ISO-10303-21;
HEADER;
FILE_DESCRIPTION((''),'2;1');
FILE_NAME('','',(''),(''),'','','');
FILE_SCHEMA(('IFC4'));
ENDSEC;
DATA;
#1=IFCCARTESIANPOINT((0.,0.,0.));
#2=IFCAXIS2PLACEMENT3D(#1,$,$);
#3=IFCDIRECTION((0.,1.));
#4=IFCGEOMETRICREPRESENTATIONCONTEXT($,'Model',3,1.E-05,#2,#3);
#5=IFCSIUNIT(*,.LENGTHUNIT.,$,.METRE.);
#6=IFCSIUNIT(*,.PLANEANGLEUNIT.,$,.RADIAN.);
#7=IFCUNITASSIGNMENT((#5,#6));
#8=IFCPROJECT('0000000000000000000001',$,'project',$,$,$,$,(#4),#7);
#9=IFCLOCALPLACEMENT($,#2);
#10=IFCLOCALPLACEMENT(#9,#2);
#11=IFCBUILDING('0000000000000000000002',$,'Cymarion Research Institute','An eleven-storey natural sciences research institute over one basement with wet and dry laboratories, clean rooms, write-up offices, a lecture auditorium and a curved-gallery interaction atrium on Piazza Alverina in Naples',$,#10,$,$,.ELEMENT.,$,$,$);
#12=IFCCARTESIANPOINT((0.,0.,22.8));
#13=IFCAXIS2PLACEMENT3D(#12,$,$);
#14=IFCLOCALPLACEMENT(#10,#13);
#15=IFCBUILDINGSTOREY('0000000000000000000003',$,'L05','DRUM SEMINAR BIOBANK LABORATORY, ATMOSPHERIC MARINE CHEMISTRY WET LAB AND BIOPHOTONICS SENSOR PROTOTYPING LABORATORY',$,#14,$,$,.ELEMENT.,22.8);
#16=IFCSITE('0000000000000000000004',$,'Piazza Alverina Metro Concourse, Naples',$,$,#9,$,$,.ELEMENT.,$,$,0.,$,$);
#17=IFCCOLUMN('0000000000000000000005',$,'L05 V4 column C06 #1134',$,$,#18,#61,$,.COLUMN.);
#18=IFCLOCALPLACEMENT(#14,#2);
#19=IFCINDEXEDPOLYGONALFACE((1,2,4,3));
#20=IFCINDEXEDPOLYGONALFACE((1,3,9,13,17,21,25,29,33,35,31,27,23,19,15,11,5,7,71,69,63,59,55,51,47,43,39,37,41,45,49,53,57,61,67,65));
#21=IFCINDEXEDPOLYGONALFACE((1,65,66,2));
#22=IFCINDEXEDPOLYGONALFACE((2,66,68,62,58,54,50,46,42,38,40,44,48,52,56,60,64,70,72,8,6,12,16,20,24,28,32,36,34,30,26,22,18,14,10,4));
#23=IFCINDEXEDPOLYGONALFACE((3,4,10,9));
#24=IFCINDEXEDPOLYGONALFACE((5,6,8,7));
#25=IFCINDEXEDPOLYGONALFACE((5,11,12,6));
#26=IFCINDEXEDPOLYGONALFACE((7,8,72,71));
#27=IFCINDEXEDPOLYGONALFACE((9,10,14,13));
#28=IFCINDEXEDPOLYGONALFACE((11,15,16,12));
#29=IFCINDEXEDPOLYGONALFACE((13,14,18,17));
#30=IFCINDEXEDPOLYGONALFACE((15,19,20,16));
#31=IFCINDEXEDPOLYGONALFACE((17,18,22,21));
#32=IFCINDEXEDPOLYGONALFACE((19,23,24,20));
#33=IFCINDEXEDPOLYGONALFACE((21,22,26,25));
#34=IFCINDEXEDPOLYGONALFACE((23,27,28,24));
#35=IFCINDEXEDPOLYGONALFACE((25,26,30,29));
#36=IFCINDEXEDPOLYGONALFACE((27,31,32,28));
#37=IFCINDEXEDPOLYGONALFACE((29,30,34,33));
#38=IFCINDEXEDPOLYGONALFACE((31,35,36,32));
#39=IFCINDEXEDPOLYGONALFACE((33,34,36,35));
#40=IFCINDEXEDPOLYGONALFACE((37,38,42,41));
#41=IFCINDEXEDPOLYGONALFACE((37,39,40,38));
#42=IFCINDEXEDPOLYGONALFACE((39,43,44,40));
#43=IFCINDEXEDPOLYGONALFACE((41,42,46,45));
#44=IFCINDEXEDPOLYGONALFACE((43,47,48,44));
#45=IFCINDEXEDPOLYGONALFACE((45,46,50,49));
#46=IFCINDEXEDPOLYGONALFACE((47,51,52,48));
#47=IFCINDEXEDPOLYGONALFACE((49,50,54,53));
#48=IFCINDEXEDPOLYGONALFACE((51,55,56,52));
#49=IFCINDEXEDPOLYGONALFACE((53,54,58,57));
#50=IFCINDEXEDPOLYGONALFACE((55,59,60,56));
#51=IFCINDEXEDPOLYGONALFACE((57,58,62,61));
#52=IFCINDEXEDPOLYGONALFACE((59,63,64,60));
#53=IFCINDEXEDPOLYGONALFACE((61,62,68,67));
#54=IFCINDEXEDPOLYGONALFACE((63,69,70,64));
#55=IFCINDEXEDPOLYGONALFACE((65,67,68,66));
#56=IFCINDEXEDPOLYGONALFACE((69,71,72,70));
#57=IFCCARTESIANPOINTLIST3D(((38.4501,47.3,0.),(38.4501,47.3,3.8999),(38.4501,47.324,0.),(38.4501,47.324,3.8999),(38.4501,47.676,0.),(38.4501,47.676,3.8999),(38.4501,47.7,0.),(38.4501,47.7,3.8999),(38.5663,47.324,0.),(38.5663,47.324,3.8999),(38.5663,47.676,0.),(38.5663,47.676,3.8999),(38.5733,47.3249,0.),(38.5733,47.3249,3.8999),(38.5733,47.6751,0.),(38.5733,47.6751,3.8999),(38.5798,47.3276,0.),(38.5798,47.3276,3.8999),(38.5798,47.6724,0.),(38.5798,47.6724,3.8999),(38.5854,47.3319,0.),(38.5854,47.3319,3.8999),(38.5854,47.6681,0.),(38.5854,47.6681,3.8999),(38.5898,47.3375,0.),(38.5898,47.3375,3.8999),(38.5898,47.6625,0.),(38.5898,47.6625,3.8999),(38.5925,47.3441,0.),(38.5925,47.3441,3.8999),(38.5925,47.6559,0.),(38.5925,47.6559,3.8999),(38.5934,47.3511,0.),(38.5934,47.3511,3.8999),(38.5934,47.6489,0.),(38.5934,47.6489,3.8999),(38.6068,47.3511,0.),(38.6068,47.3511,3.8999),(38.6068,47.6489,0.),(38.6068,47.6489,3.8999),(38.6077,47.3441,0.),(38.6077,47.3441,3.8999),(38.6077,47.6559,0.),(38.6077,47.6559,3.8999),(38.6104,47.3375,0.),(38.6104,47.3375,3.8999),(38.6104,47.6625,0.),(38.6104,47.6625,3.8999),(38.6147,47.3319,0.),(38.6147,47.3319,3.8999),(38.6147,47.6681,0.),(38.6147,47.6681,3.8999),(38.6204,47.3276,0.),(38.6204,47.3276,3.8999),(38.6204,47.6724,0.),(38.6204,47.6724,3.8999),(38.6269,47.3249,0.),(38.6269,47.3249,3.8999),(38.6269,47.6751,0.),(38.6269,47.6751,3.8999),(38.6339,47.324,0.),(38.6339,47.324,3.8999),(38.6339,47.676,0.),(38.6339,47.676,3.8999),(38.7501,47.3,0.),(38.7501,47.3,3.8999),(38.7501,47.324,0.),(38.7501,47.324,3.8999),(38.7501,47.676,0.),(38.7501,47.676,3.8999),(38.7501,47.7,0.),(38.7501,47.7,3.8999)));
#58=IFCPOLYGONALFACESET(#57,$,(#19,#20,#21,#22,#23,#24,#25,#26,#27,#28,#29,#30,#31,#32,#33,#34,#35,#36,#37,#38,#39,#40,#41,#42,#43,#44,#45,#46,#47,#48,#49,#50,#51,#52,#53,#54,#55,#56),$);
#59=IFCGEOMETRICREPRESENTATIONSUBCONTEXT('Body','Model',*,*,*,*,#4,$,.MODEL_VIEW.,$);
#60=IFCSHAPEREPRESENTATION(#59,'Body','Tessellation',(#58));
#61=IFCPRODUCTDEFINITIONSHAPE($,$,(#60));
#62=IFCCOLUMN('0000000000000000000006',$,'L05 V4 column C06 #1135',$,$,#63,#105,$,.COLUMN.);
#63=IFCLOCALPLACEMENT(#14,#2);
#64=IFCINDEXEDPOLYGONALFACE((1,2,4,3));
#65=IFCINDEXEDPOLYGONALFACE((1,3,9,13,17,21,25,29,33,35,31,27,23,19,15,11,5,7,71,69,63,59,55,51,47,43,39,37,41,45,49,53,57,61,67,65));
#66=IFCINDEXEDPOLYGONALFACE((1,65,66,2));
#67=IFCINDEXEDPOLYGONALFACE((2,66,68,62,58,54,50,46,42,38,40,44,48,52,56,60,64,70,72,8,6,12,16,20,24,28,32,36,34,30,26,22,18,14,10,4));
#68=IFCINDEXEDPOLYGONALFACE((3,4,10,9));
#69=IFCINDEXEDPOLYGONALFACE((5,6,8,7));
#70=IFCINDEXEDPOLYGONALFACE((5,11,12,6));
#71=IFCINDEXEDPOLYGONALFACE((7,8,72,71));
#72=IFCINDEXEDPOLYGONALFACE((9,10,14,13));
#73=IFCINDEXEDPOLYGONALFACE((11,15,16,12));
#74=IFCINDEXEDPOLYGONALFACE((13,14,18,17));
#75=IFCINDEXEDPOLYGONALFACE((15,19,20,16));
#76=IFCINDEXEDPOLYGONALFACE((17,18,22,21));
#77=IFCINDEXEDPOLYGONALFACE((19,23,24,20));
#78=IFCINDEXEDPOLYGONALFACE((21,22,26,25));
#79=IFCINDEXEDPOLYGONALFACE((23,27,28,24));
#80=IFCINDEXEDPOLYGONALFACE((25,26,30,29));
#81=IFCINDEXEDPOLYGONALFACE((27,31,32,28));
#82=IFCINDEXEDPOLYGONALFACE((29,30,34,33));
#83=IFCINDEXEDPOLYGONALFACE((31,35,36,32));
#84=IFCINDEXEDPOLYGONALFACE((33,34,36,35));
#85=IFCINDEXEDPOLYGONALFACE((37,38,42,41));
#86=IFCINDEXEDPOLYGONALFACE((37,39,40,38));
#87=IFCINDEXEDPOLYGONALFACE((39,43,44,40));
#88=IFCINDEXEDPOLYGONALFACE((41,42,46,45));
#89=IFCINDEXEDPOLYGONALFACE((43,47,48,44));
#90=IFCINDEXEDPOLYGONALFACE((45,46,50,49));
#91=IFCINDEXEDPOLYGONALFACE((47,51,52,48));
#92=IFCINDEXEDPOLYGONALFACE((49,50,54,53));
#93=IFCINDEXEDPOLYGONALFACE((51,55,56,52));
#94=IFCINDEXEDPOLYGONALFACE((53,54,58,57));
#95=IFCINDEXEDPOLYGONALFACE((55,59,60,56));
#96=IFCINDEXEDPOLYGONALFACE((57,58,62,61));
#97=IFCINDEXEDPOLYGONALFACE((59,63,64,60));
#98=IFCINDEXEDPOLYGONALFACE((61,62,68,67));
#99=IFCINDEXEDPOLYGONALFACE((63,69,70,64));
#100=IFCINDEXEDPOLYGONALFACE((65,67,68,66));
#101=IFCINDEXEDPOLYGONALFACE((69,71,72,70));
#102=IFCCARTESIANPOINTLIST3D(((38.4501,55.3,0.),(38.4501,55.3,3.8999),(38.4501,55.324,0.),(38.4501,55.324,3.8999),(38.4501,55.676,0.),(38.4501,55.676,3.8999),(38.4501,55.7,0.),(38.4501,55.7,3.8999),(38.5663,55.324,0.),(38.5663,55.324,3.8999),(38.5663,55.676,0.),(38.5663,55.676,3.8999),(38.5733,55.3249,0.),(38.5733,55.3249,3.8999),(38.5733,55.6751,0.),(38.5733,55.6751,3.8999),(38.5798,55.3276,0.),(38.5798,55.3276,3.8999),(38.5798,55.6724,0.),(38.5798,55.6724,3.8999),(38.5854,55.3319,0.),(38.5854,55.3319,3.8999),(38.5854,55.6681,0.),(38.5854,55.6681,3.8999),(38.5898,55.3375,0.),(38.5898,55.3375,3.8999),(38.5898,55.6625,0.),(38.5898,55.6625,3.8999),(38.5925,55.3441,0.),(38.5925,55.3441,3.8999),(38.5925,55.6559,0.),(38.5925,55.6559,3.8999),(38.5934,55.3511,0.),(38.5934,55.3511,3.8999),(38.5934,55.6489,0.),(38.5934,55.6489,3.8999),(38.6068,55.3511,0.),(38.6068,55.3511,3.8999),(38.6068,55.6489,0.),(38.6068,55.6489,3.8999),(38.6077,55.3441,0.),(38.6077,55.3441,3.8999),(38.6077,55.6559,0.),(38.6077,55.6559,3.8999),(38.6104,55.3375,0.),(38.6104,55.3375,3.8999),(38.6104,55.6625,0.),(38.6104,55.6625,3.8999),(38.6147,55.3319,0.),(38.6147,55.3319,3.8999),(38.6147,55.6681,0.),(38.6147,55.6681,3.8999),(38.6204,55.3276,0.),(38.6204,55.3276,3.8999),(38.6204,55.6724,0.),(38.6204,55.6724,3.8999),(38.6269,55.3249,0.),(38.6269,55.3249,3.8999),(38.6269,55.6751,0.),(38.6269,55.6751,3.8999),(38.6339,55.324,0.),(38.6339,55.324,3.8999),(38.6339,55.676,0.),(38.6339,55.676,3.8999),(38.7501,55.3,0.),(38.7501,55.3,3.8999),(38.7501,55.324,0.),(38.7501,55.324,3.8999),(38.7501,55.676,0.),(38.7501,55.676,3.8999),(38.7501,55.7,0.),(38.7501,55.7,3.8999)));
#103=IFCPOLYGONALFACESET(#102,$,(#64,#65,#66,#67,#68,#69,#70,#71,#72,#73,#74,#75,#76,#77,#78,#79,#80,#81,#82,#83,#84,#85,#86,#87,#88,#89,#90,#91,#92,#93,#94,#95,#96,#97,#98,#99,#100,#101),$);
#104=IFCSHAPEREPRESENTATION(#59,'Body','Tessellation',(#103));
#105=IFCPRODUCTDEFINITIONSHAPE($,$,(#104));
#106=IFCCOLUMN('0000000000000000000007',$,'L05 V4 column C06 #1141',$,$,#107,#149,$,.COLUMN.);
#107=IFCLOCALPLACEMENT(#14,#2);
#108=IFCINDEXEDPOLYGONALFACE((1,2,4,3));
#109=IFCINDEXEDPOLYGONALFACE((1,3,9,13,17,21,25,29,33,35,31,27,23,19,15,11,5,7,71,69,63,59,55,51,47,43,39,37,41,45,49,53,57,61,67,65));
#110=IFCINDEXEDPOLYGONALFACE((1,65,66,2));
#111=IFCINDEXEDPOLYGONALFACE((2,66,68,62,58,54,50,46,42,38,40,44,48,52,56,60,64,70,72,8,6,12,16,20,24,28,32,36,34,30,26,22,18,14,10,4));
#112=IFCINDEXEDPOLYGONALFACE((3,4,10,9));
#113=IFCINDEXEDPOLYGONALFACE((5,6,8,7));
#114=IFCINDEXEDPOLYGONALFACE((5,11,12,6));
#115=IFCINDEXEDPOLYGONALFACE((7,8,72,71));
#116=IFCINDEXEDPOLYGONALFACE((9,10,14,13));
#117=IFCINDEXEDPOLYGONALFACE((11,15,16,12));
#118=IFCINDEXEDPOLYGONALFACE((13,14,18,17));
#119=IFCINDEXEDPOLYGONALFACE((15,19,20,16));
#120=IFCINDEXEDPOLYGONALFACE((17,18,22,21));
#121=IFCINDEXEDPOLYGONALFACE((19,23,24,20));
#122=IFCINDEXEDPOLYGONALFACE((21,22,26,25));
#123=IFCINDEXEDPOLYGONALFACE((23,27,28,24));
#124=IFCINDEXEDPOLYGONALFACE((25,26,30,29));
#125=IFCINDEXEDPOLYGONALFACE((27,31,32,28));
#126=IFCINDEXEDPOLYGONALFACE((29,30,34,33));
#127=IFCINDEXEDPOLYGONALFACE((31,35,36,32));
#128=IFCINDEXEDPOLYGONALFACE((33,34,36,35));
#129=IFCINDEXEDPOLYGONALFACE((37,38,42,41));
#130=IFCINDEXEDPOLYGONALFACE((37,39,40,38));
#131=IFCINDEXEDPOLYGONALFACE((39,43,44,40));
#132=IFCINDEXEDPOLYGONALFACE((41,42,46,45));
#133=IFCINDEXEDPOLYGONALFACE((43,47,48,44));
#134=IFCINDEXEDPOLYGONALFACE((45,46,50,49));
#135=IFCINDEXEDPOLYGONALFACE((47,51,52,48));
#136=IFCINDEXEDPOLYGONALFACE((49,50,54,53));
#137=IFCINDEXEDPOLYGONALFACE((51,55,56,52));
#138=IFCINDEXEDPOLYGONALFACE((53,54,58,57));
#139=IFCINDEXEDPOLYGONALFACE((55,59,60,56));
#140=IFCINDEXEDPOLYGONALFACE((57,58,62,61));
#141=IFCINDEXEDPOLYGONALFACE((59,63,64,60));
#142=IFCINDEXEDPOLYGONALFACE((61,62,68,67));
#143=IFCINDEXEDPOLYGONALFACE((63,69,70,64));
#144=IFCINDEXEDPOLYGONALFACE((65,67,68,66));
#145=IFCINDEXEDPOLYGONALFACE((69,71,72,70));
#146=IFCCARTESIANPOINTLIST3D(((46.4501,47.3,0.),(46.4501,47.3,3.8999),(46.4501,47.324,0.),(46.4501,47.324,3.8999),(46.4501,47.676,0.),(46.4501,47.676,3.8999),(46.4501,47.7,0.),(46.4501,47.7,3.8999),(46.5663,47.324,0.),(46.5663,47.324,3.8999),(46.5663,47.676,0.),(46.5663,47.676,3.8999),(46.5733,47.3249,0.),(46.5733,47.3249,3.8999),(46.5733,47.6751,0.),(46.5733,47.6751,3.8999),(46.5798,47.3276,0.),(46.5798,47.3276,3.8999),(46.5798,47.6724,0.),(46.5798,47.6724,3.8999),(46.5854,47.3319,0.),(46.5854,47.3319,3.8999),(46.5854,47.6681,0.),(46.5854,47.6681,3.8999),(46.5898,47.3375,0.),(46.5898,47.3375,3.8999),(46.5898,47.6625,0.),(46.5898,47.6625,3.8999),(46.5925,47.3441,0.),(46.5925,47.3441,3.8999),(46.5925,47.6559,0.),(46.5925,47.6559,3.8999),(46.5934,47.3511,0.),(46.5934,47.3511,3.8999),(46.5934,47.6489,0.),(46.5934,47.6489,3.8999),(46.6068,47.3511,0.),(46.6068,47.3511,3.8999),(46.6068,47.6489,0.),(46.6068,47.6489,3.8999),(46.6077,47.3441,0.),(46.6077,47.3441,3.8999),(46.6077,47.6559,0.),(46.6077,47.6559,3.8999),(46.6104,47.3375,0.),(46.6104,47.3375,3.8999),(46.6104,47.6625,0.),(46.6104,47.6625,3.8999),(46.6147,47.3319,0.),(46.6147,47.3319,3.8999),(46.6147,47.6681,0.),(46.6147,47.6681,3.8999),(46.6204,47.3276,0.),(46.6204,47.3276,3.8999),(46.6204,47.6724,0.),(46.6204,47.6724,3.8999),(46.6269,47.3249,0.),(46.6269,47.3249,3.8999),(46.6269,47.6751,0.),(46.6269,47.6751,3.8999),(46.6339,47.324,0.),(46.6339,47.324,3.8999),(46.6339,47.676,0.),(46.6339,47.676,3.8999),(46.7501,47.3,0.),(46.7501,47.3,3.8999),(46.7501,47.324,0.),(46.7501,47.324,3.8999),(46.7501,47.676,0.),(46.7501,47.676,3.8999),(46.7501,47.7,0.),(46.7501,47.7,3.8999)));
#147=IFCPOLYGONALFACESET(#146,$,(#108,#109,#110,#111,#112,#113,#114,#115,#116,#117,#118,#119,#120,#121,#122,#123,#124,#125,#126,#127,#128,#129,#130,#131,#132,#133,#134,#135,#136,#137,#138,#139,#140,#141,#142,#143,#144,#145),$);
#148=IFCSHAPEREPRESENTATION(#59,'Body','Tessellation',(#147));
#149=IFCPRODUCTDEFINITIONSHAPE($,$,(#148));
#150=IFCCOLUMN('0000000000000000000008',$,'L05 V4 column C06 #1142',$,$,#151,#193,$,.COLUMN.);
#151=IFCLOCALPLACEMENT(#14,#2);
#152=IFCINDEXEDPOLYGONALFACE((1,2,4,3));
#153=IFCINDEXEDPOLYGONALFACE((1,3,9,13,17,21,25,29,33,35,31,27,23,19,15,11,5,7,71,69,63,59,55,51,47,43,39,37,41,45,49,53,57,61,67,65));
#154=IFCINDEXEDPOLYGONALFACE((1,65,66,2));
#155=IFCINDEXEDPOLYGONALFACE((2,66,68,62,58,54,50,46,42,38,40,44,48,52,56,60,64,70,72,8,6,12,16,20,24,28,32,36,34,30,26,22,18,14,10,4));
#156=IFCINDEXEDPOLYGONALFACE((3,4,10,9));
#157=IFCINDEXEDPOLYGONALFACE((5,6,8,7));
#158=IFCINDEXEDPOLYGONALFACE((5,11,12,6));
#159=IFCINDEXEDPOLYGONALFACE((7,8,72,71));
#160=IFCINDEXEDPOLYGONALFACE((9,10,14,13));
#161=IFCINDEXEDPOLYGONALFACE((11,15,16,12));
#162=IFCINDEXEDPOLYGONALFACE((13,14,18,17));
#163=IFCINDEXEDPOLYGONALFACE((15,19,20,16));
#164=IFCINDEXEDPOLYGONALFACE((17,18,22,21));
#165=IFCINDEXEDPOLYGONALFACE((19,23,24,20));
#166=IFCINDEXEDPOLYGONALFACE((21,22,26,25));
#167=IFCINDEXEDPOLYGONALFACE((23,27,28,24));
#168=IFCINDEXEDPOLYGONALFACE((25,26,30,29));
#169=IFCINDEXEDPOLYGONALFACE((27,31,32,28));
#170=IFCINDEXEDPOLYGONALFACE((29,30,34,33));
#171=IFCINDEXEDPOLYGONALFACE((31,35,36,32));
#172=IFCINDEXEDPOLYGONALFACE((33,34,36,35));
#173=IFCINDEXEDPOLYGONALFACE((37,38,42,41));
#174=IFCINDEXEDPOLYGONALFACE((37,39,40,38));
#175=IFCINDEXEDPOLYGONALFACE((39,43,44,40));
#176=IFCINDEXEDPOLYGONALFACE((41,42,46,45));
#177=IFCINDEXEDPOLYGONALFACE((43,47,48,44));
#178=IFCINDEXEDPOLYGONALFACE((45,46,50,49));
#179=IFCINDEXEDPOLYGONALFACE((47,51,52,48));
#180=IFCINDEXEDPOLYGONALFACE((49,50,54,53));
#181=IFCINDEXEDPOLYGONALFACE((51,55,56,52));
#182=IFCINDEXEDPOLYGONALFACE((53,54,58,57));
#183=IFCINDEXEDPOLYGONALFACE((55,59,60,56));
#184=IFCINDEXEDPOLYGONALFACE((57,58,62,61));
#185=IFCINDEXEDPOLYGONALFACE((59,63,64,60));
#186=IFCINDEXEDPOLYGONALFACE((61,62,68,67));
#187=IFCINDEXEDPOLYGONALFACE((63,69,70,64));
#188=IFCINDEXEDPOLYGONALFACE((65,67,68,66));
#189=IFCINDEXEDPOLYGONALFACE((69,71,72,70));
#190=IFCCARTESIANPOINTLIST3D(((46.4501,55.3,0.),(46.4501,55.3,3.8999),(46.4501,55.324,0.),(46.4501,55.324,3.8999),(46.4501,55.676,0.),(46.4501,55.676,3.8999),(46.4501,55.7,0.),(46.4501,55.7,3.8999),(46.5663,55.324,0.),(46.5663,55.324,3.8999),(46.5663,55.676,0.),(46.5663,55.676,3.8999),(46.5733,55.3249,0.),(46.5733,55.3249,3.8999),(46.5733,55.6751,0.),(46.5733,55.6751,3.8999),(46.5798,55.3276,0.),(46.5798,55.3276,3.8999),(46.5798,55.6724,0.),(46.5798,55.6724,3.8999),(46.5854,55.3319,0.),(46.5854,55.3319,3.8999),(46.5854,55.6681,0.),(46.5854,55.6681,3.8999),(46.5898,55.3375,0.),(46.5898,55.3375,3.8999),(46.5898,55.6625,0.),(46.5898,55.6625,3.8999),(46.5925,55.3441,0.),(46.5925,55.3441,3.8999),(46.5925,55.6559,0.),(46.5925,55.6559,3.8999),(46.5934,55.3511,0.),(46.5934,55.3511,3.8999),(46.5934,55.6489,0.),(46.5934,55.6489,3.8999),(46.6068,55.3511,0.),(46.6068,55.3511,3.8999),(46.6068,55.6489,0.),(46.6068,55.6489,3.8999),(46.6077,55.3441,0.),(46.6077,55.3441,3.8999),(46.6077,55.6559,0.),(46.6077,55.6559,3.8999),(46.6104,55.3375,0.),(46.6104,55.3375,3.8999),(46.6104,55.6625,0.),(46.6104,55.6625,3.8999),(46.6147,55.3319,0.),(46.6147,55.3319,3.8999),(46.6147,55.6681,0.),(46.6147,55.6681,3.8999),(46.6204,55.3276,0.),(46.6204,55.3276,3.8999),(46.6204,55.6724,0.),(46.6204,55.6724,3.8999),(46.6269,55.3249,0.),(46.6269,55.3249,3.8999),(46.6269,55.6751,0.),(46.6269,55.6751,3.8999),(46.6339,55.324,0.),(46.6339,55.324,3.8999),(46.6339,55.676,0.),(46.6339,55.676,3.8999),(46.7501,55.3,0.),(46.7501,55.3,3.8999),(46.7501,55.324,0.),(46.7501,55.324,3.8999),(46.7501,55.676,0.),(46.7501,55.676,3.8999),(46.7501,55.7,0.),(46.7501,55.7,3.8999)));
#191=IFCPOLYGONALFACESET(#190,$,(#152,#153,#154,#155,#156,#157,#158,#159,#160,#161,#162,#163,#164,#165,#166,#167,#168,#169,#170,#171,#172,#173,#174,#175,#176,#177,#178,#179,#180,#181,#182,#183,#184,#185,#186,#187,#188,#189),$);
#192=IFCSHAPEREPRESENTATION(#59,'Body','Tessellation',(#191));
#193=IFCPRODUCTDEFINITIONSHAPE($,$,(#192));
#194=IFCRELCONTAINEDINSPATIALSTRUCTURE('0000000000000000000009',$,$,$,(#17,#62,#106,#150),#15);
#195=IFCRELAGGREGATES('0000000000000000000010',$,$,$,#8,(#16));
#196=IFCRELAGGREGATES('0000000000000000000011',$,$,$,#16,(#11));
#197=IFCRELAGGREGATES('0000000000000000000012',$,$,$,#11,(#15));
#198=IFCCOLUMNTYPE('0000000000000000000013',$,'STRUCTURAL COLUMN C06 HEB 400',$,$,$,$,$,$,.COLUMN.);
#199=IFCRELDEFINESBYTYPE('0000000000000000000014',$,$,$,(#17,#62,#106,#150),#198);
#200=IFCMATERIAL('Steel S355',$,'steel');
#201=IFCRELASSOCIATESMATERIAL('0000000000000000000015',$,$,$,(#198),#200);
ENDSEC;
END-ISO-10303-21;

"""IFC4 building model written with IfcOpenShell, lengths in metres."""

from ifc_helpers import new_model, si_unit, direction, frame, origin, origin_2d, place, context, subcontext, project, spatial, i_section, extrude, material, material_profile, profile_set, type_object, element, save


model = new_model("IFC4")

# Units and contexts
model_context = context("Model", 3, precision=1e-05, world=origin(), true_north=direction((0.0, 1.0)))
body_context = subcontext(model_context, "Body", "Model", "MODEL_VIEW")
ifc_project = project(units=[si_unit("LENGTHUNIT", "METRE"), si_unit("PLANEANGLEUNIT", "RADIAN")], contexts=[model_context])

# Site, building, storey
site_placement = place(None, origin())
site = spatial("IfcSite", under=ifc_project, at=site_placement, Name="Piazza Alverina Metro Concourse, Naples", CompositionType="ELEMENT", RefElevation=0.0)
building_placement = place(site_placement, origin())
building = spatial("IfcBuilding", under=site, at=building_placement, Name="Cymarion Research Institute", Description="An eleven-storey natural sciences research institute over one basement with wet and dry laboratories, clean rooms, write-up offices, a lecture auditorium and a curved-gallery interaction atrium on Piazza Alverina in Naples", CompositionType="ELEMENT")
storey_placement = place(building_placement, frame((0.0, 0.0, 22.8)))
storey = spatial("IfcBuildingStorey", under=building, at=storey_placement, Name="L05", Description="DRUM SEMINAR BIOBANK LABORATORY, ATMOSPHERIC MARINE CHEMISTRY WET LAB AND BIOPHOTONICS SENSOR PROTOTYPING LABORATORY", CompositionType="ELEMENT", Elevation=22.8)

# Columns
ifc_material_1 = material(Name="Steel S355", Category="steel")
ifc_material_profile_1 = material_profile(ifc_material_1, i_section(OverallWidth=0.3, OverallDepth=0.3999, WebThickness=0.0134, FlangeThickness=0.0239, FilletRadius=0.0271, at=origin_2d()), Name="HEB 400")
ifc_profile_set_1 = profile_set([ifc_material_profile_1], Name="Steel S355")
column_type = type_object("IfcColumnType", Name="STRUCTURAL COLUMN C06 HEB 400", PredefinedType="COLUMN", material=ifc_profile_set_1)
for number, where, z_axis, x_axis, name in (
    (1, (38.6001, 47.5, 0.0), (0.0, 0.0, 1.0), (1.0, 0.0, 0.0), "L05 V4 column C06 #1134"),
    (2, (38.6001, 55.5, 0.0), (0.0, 0.0, 1.0), (1.0, 0.0, 0.0), "L05 V4 column C06 #1135"),
    (3, (46.6001, 47.5, 0.0), (0.0, 0.0, 1.0), (1.0, 0.0, 0.0), "L05 V4 column C06 #1141"),
    (4, (46.6001, 55.5, 0.0), (0.0, 0.0, 1.0), (1.0, 0.0, 0.0), "L05 V4 column C06 #1142"),
):
    element("IfcColumn", number, at=place(storey_placement, frame(where, z_axis=z_axis, x_axis=x_axis)), inside=storey, type_object=column_type, Name=name, PredefinedType="COLUMN", context=body_context, shape_type="SweptSolid", body=[
        extrude(i_section(OverallWidth=0.3, OverallDepth=0.3999, WebThickness=0.0134, FlangeThickness=0.0239, FilletRadius=0.0271, at=origin_2d()), origin(), (0.0, 0.0, 1.0), 3.8999),
    ])

save(model, "model.ifc")
